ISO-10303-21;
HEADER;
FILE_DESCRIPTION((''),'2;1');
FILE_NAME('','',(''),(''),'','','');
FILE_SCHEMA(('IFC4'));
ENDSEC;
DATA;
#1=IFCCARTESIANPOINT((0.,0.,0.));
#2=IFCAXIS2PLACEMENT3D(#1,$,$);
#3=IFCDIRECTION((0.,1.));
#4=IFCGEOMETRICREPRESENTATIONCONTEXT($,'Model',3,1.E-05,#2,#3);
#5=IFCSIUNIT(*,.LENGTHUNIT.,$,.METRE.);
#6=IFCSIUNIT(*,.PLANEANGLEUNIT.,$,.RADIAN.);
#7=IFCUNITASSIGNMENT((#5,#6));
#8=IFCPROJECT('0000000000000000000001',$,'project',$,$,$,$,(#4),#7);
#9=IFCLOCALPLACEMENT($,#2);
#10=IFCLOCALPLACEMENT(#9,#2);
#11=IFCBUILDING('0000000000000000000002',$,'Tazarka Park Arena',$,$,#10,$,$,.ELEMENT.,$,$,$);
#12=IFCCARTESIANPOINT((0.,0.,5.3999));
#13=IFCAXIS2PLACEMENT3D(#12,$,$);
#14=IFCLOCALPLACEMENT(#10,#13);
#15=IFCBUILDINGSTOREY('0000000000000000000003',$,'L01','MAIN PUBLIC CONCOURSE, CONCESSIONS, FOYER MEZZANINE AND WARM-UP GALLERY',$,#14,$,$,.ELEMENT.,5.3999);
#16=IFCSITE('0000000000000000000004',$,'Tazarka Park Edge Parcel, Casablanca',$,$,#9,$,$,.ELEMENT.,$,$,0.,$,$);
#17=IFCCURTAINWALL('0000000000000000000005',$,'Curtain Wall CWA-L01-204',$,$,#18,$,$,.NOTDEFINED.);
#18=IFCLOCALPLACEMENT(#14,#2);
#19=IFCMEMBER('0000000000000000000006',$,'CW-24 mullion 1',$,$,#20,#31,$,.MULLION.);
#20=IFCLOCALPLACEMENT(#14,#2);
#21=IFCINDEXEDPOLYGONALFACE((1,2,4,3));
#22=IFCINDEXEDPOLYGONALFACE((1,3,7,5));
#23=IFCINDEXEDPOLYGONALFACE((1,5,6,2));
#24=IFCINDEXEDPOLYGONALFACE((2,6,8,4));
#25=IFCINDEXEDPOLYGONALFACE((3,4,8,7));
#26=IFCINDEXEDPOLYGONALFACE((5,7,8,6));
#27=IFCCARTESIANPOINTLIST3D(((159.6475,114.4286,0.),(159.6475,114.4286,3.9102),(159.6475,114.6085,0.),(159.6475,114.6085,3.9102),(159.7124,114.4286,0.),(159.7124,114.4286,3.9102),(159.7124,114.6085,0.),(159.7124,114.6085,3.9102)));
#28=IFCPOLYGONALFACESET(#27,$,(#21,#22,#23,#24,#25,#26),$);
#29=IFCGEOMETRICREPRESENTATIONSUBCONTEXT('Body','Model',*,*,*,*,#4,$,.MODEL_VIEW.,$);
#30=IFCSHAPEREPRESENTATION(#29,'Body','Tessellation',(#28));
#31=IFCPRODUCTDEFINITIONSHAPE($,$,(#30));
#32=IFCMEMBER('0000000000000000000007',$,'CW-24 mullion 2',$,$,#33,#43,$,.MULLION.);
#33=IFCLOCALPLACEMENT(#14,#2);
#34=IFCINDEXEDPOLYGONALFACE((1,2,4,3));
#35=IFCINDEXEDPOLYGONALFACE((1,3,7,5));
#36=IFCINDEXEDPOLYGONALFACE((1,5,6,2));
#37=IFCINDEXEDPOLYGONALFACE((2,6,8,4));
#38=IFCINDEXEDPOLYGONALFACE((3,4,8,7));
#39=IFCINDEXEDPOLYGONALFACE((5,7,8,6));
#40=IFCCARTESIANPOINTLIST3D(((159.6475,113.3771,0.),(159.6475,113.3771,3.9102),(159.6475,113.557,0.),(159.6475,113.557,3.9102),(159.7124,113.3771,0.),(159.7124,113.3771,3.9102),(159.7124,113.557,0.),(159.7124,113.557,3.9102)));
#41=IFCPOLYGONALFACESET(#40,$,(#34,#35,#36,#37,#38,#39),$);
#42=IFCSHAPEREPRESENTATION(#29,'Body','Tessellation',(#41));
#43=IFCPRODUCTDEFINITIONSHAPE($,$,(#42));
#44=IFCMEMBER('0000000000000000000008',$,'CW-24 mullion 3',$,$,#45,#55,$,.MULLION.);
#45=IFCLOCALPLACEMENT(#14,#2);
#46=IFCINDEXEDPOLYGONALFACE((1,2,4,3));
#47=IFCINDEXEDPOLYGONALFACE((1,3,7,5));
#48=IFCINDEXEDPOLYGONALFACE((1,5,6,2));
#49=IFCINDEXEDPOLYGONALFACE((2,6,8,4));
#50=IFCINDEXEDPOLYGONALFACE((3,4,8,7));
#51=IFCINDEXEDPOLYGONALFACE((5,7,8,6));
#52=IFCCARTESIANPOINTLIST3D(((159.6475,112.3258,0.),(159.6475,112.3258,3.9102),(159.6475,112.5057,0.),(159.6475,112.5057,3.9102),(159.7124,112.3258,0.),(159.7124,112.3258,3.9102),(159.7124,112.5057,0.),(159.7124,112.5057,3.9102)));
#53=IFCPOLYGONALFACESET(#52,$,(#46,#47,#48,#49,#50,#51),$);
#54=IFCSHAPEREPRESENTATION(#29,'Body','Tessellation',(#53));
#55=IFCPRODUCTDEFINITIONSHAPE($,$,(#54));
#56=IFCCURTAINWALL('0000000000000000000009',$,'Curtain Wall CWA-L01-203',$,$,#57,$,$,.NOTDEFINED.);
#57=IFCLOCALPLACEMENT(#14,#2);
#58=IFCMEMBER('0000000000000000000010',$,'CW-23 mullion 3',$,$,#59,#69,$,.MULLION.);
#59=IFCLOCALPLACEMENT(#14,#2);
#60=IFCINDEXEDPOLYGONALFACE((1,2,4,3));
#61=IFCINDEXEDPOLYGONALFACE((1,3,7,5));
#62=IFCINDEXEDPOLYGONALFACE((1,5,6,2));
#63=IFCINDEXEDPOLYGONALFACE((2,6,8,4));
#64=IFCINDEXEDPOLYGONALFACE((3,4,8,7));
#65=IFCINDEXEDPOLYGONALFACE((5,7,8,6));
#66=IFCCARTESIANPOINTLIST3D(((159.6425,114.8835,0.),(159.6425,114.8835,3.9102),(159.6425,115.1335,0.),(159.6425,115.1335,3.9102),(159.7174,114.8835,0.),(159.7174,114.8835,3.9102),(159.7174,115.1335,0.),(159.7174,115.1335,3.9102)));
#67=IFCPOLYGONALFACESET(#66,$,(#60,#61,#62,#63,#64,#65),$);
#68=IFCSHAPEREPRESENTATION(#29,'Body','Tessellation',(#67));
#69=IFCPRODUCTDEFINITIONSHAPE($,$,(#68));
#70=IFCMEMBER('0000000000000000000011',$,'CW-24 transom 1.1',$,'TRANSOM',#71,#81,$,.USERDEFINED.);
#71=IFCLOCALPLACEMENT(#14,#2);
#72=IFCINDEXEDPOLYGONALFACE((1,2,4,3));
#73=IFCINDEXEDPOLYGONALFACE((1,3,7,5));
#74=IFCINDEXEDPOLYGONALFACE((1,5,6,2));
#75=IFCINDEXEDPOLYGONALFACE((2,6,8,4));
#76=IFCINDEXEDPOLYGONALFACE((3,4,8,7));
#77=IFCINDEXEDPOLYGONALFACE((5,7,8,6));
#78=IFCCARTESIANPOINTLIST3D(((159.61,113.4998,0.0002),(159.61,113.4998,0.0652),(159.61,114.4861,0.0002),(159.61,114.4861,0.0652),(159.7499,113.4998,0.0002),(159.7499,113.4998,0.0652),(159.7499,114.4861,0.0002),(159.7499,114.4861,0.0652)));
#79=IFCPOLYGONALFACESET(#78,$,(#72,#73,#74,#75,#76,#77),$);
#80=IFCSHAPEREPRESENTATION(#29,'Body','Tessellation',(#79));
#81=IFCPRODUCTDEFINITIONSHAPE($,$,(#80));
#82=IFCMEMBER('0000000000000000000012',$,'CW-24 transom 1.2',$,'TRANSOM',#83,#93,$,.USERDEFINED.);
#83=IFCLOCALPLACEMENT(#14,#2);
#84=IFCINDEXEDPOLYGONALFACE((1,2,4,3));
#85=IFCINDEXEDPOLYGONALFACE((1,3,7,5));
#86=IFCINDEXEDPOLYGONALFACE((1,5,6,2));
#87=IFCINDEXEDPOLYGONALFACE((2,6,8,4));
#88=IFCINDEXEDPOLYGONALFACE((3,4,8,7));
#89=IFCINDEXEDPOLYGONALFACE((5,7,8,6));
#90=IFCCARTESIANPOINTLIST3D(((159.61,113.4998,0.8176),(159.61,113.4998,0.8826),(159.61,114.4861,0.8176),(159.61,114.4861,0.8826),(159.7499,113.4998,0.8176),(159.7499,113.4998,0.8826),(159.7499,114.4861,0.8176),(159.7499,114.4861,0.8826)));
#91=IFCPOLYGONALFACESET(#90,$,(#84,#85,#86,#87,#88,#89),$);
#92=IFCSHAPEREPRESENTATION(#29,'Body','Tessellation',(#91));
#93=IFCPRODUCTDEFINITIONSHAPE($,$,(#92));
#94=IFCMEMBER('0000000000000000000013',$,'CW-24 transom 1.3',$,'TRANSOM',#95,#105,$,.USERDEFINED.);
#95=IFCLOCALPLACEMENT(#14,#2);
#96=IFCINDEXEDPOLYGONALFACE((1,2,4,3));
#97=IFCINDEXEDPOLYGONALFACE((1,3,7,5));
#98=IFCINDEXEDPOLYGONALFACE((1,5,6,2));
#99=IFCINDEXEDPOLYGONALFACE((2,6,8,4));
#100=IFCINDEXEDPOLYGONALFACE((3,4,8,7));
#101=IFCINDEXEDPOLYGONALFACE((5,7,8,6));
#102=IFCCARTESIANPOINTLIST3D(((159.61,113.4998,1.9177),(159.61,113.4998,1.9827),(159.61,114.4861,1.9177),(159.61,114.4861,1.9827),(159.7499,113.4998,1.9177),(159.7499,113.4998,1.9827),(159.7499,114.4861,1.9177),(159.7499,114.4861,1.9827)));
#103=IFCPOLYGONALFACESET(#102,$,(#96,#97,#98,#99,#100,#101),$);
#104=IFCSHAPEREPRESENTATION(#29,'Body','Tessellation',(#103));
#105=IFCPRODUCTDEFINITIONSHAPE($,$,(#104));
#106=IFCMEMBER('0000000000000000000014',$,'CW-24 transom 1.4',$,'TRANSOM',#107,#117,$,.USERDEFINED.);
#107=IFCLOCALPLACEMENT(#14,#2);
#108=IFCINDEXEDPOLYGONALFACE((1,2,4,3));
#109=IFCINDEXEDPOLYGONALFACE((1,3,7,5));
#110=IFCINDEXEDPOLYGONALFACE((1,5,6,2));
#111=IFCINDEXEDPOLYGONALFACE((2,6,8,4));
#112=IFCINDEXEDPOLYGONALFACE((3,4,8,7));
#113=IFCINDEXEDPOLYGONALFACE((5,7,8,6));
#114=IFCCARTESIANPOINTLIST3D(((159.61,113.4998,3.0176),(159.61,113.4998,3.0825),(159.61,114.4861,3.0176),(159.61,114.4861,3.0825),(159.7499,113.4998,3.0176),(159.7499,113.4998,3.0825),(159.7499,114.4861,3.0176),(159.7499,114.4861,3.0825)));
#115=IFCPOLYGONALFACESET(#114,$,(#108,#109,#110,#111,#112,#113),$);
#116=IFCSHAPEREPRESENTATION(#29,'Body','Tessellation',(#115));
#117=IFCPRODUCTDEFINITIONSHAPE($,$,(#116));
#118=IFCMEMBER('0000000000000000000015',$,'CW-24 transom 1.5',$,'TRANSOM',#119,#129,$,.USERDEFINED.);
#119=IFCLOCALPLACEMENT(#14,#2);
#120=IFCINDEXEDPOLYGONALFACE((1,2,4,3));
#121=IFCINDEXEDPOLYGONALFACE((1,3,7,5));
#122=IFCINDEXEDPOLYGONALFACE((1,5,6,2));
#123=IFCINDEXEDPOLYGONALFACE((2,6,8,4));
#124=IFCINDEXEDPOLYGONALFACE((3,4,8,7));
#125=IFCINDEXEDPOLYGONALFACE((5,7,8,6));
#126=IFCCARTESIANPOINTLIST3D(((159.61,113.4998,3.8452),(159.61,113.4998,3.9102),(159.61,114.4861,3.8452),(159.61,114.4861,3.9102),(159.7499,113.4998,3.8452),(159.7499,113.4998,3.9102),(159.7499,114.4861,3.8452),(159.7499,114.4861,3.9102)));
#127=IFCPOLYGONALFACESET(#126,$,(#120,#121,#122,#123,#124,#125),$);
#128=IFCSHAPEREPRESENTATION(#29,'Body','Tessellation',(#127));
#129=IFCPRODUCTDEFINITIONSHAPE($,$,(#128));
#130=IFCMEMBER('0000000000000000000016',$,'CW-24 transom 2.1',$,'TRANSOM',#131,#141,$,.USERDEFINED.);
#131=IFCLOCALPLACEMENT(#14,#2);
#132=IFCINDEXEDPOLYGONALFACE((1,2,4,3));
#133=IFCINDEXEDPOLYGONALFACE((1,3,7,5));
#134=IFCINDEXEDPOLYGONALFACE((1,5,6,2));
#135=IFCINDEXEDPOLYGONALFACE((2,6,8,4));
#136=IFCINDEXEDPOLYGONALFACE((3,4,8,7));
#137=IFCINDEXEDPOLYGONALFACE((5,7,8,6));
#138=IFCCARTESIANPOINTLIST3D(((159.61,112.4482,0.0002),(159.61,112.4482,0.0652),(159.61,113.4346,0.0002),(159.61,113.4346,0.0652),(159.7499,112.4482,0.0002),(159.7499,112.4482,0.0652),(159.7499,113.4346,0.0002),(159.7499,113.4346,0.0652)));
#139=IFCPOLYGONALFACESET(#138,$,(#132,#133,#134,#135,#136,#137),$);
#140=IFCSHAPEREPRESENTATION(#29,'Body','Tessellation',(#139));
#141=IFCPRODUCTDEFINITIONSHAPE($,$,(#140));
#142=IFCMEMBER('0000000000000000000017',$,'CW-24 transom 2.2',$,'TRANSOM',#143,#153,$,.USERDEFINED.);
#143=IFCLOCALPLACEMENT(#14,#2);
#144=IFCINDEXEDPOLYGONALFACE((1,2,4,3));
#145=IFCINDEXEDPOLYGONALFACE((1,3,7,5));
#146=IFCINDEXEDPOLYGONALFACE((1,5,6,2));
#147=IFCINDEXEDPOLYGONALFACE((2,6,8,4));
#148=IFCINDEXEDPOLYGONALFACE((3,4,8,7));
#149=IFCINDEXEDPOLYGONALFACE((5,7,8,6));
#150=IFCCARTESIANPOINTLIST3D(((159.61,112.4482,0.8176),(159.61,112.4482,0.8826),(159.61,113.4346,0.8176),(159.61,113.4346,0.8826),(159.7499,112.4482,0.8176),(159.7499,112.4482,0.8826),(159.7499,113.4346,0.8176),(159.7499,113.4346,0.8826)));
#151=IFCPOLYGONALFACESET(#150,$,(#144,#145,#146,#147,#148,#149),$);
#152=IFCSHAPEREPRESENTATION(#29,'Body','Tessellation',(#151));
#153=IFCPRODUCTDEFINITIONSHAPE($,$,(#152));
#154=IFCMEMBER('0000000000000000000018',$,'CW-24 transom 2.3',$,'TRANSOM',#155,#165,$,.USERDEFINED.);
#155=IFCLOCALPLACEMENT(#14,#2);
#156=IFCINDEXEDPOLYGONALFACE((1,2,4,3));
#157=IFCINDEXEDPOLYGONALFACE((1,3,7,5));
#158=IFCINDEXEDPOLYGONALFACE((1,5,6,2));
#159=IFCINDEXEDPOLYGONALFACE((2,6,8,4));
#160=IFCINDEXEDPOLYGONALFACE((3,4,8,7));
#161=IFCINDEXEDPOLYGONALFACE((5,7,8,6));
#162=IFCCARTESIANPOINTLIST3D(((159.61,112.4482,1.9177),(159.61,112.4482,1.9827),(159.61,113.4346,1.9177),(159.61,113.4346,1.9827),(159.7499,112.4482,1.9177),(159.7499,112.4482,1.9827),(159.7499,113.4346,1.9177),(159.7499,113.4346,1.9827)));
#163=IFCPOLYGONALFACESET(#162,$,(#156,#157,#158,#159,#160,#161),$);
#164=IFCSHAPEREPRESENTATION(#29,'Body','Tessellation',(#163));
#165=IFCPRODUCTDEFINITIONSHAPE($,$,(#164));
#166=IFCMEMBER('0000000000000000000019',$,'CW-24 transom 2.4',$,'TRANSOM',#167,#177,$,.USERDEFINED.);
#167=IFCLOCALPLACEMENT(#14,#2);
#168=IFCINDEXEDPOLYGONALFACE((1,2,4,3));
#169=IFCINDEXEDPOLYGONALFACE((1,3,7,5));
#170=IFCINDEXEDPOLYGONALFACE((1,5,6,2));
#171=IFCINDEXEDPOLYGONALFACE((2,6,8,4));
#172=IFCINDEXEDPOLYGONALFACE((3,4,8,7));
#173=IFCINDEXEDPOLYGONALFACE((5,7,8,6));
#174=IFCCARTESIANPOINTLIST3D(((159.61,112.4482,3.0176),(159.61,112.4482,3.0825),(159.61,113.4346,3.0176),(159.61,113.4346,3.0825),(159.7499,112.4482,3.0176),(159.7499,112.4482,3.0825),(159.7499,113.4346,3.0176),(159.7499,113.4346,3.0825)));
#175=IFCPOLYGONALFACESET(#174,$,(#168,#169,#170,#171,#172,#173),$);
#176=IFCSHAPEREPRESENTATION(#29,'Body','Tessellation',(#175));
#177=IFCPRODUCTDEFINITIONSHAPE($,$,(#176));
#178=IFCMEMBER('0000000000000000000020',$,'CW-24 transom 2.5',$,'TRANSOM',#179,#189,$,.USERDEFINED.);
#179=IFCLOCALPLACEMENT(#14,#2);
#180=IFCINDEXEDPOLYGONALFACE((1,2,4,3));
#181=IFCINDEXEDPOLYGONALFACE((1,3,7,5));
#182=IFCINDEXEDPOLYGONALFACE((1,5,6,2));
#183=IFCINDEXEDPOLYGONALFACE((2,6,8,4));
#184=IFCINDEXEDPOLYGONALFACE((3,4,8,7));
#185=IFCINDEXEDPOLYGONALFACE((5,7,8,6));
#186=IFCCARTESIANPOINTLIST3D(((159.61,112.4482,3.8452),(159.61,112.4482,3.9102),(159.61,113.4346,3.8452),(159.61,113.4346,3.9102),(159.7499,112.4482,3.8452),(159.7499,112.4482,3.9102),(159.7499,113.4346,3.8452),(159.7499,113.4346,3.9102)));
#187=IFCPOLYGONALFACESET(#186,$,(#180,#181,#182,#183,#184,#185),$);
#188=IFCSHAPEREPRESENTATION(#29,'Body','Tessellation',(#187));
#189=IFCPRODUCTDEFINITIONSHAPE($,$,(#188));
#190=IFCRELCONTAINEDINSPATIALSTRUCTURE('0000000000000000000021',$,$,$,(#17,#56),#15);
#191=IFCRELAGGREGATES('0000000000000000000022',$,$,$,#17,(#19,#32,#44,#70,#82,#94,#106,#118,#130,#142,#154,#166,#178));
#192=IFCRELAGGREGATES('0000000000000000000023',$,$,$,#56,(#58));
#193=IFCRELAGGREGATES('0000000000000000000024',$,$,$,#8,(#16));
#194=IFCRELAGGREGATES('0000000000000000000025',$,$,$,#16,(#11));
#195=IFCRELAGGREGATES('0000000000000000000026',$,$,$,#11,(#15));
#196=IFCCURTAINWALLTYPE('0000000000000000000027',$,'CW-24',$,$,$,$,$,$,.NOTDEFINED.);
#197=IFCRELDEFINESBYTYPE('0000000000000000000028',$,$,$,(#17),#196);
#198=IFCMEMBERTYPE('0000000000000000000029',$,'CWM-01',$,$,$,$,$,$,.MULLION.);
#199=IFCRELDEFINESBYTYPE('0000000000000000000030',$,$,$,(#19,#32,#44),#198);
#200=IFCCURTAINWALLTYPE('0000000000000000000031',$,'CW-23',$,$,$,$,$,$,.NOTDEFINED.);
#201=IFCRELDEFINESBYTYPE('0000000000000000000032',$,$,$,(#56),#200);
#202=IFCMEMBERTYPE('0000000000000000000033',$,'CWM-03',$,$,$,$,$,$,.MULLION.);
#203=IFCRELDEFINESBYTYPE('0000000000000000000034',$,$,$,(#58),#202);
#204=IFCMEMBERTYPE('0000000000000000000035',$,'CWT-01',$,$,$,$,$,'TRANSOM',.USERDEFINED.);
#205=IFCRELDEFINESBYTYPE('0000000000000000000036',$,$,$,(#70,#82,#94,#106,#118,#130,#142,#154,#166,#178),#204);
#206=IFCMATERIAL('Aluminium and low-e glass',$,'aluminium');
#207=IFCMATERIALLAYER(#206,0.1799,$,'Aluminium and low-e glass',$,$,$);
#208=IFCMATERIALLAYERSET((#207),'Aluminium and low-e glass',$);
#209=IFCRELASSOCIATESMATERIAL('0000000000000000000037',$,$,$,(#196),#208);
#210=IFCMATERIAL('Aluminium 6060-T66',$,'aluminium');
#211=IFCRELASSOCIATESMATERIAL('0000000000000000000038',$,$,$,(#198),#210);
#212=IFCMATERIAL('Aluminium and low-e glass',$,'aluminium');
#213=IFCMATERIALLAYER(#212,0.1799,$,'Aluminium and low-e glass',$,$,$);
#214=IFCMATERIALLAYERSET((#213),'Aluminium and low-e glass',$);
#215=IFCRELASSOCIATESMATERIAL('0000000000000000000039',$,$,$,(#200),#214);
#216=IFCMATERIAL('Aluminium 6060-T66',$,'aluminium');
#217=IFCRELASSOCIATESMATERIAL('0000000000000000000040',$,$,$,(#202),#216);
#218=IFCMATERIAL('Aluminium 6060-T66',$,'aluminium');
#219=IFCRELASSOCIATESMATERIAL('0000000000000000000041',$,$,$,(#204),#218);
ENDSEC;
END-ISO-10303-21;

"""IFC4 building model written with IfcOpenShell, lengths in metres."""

from ifc_helpers import new_model, si_unit, direction, frame, origin, origin_2d, place, context, subcontext, project, spatial, rectangle, extrude, material, layer, layer_set, material_profile, profile_set, type_object, element, aggregate, save


model = new_model("IFC4")

# Units and contexts
model_context = context("Model", 3, precision=1e-05, world=origin(), true_north=direction((0.0, 1.0)))
body_context = subcontext(model_context, "Body", "Model", "MODEL_VIEW")
ifc_project = project(units=[si_unit("LENGTHUNIT", "METRE"), si_unit("PLANEANGLEUNIT", "RADIAN")], contexts=[model_context])

# Site, building, storey
site_placement = place(None, origin())
site = spatial("IfcSite", under=ifc_project, at=site_placement, Name="Tazarka Park Edge Parcel, Casablanca", CompositionType="ELEMENT", RefElevation=0.0)
building_placement = place(site_placement, origin())
building = spatial("IfcBuilding", under=site, at=building_placement, Name="Tazarka Park Arena", CompositionType="ELEMENT")
storey_placement = place(building_placement, frame((0.0, 0.0, 5.3999)))
storey = spatial("IfcBuildingStorey", under=building, at=storey_placement, Name="L01", Description="MAIN PUBLIC CONCOURSE, CONCESSIONS, FOYER MEZZANINE AND WARM-UP GALLERY", CompositionType="ELEMENT", Elevation=5.3999)

# Curtain wall, members
ifc_material_1 = material(Name="Aluminium and low-e glass", Category="aluminium")
ifc_layer_1 = layer(ifc_material_1, 0.1799, Name="Aluminium and low-e glass")
ifc_layer_set_1 = layer_set([ifc_layer_1], Name="Aluminium and low-e glass")
curtain_wall_type_1 = type_object("IfcCurtainWallType", Name="CW-24", PredefinedType="NOTDEFINED", material=ifc_layer_set_1)
curtain_wall_1_placement = place(storey_placement, origin())
curtain_wall_1 = element("IfcCurtainWall", 1, at=curtain_wall_1_placement, inside=storey, type_object=curtain_wall_type_1, Name="Curtain Wall CWA-L01-204", PredefinedType="NOTDEFINED")
ifc_material_2 = material(Name="Aluminium 6060-T66", Category="aluminium")
ifc_material_profile_1 = material_profile(ifc_material_2, rectangle(XDim=0.0649, YDim=0.1799, at=origin_2d()), Name="Aluminium 6060-T66")
ifc_profile_set_1 = profile_set([ifc_material_profile_1], Name="Aluminium 6060-T66")
member_type_1 = type_object("IfcMemberType", Name="CWM-01", PredefinedType="MULLION", material=ifc_profile_set_1)
member_1_placement = place(storey_placement, frame((159.6799, 114.5186, 0.0), z_axis=(0.0, 0.0, 1.0), x_axis=(1.0, 0.0, 0.0)))
member_1 = element("IfcMember", 2, at=member_1_placement, type_object=member_type_1, Name="CW-24 mullion 1", PredefinedType="MULLION", context=body_context, shape_type="SweptSolid", body=[
    extrude(rectangle(XDim=0.0649, YDim=0.1799, at=origin_2d()), origin(), (0.0, 0.0, 1.0), 3.9102),
])
member_2_placement = place(storey_placement, frame((159.6799, 113.467, 0.0), z_axis=(0.0, 0.0, 1.0), x_axis=(1.0, 0.0, 0.0)))
member_2 = element("IfcMember", 3, at=member_2_placement, type_object=member_type_1, Name="CW-24 mullion 2", PredefinedType="MULLION", context=body_context, shape_type="SweptSolid", body=[
    extrude(rectangle(XDim=0.0649, YDim=0.1799, at=origin_2d()), origin(), (0.0, 0.0, 1.0), 3.9102),
])
member_3_placement = place(storey_placement, frame((159.6799, 112.4158, 0.0), z_axis=(0.0, 0.0, 1.0), x_axis=(1.0, 0.0, 0.0)))
member_3 = element("IfcMember", 4, at=member_3_placement, type_object=member_type_1, Name="CW-24 mullion 3", PredefinedType="MULLION", context=body_context, shape_type="SweptSolid", body=[
    extrude(rectangle(XDim=0.0649, YDim=0.1799, at=origin_2d()), origin(), (0.0, 0.0, 1.0), 3.9102),
])

# Curtain wall, member
ifc_material_3 = material(Name="Aluminium and low-e glass", Category="aluminium")
ifc_layer_2 = layer(ifc_material_3, 0.1799, Name="Aluminium and low-e glass")
ifc_layer_set_2 = layer_set([ifc_layer_2], Name="Aluminium and low-e glass")
curtain_wall_type_2 = type_object("IfcCurtainWallType", Name="CW-23", PredefinedType="NOTDEFINED", material=ifc_layer_set_2)
curtain_wall_2_placement = place(storey_placement, origin())
curtain_wall_2 = element("IfcCurtainWall", 5, at=curtain_wall_2_placement, inside=storey, type_object=curtain_wall_type_2, Name="Curtain Wall CWA-L01-203", PredefinedType="NOTDEFINED")
ifc_material_4 = material(Name="Aluminium 6060-T66", Category="aluminium")
ifc_material_profile_2 = material_profile(ifc_material_4, rectangle(XDim=0.075, YDim=0.25, at=origin_2d()), Name="Aluminium 6060-T66")
ifc_profile_set_2 = profile_set([ifc_material_profile_2], Name="Aluminium 6060-T66")
member_type_2 = type_object("IfcMemberType", Name="CWM-03", PredefinedType="MULLION", material=ifc_profile_set_2)
member_4_placement = place(storey_placement, frame((159.6799, 115.0085, 0.0), z_axis=(0.0, 0.0, 1.0), x_axis=(1.0, 0.0, 0.0)))
member_4 = element("IfcMember", 6, at=member_4_placement, type_object=member_type_2, Name="CW-23 mullion 3", PredefinedType="MULLION", context=body_context, shape_type="SweptSolid", body=[
    extrude(rectangle(XDim=0.075, YDim=0.25, at=origin_2d()), origin(), (0.0, 0.0, 1.0), 3.9102),
])

# Members
ifc_material_5 = material(Name="Aluminium 6060-T66", Category="aluminium")
ifc_material_profile_3 = material_profile(ifc_material_5, rectangle(XDim=0.1399, YDim=0.0649, at=origin_2d()), Name="Aluminium 6060-T66")
ifc_profile_set_3 = profile_set([ifc_material_profile_3], Name="Aluminium 6060-T66")
member_type_3 = type_object("IfcMemberType", Name="CWT-01", ElementType="TRANSOM", PredefinedType="USERDEFINED", material=ifc_profile_set_3)
member_5_placement = place(storey_placement, frame((159.6799, 114.4861, 0.0327), z_axis=(0.0, -1.0, 0.0), x_axis=(1.0, 0.0, 0.0)))
member_5 = element("IfcMember", 7, at=member_5_placement, type_object=member_type_3, Name="CW-24 transom 1.1", ObjectType="TRANSOM", PredefinedType="USERDEFINED", context=body_context, shape_type="SweptSolid", body=[
    extrude(rectangle(XDim=0.1399, YDim=0.0649, at=origin_2d()), origin(), (0.0, 0.0, 1.0), 0.9863),
])
member_6_placement = place(storey_placement, frame((159.6799, 114.4861, 0.8501), z_axis=(0.0, -1.0, 0.0), x_axis=(1.0, 0.0, 0.0)))
member_6 = element("IfcMember", 8, at=member_6_placement, type_object=member_type_3, Name="CW-24 transom 1.2", ObjectType="TRANSOM", PredefinedType="USERDEFINED", context=body_context, shape_type="SweptSolid", body=[
    extrude(rectangle(XDim=0.1399, YDim=0.0649, at=origin_2d()), origin(), (0.0, 0.0, 1.0), 0.9863),
])
member_7_placement = place(storey_placement, frame((159.6799, 114.4861, 1.9502), z_axis=(0.0, -1.0, 0.0), x_axis=(1.0, 0.0, 0.0)))
member_7 = element("IfcMember", 9, at=member_7_placement, type_object=member_type_3, Name="CW-24 transom 1.3", ObjectType="TRANSOM", PredefinedType="USERDEFINED", context=body_context, shape_type="SweptSolid", body=[
    extrude(rectangle(XDim=0.1399, YDim=0.0649, at=origin_2d()), origin(), (0.0, 0.0, 1.0), 0.9863),
])
member_8_placement = place(storey_placement, frame((159.6799, 114.4861, 3.05), z_axis=(0.0, -1.0, 0.0), x_axis=(1.0, 0.0, 0.0)))
member_8 = element("IfcMember", 10, at=member_8_placement, type_object=member_type_3, Name="CW-24 transom 1.4", ObjectType="TRANSOM", PredefinedType="USERDEFINED", context=body_context, shape_type="SweptSolid", body=[
    extrude(rectangle(XDim=0.1399, YDim=0.0649, at=origin_2d()), origin(), (0.0, 0.0, 1.0), 0.9863),
])
member_9_placement = place(storey_placement, frame((159.6799, 114.4861, 3.8777), z_axis=(0.0, -1.0, 0.0), x_axis=(1.0, 0.0, 0.0)))
member_9 = element("IfcMember", 11, at=member_9_placement, type_object=member_type_3, Name="CW-24 transom 1.5", ObjectType="TRANSOM", PredefinedType="USERDEFINED", context=body_context, shape_type="SweptSolid", body=[
    extrude(rectangle(XDim=0.1399, YDim=0.0649, at=origin_2d()), origin(), (0.0, 0.0, 1.0), 0.9863),
])
member_10_placement = place(storey_placement, frame((159.6799, 113.4346, 0.0327), z_axis=(0.0, -1.0, 0.0), x_axis=(1.0, 0.0, 0.0)))
member_10 = element("IfcMember", 12, at=member_10_placement, type_object=member_type_3, Name="CW-24 transom 2.1", ObjectType="TRANSOM", PredefinedType="USERDEFINED", context=body_context, shape_type="SweptSolid", body=[
    extrude(rectangle(XDim=0.1399, YDim=0.0649, at=origin_2d()), origin(), (0.0, 0.0, 1.0), 0.9863),
])
member_11_placement = place(storey_placement, frame((159.6799, 113.4346, 0.8501), z_axis=(0.0, -1.0, 0.0), x_axis=(1.0, 0.0, 0.0)))
member_11 = element("IfcMember", 13, at=member_11_placement, type_object=member_type_3, Name="CW-24 transom 2.2", ObjectType="TRANSOM", PredefinedType="USERDEFINED", context=body_context, shape_type="SweptSolid", body=[
    extrude(rectangle(XDim=0.1399, YDim=0.0649, at=origin_2d()), origin(), (0.0, 0.0, 1.0), 0.9863),
])
member_12_placement = place(storey_placement, frame((159.6799, 113.4346, 1.9502), z_axis=(0.0, -1.0, 0.0), x_axis=(1.0, 0.0, 0.0)))
member_12 = element("IfcMember", 14, at=member_12_placement, type_object=member_type_3, Name="CW-24 transom 2.3", ObjectType="TRANSOM", PredefinedType="USERDEFINED", context=body_context, shape_type="SweptSolid", body=[
    extrude(rectangle(XDim=0.1399, YDim=0.0649, at=origin_2d()), origin(), (0.0, 0.0, 1.0), 0.9863),
])
member_13_placement = place(storey_placement, frame((159.6799, 113.4346, 3.05), z_axis=(0.0, -1.0, 0.0), x_axis=(1.0, 0.0, 0.0)))
member_13 = element("IfcMember", 15, at=member_13_placement, type_object=member_type_3, Name="CW-24 transom 2.4", ObjectType="TRANSOM", PredefinedType="USERDEFINED", context=body_context, shape_type="SweptSolid", body=[
    extrude(rectangle(XDim=0.1399, YDim=0.0649, at=origin_2d()), origin(), (0.0, 0.0, 1.0), 0.9863),
])
member_14_placement = place(storey_placement, frame((159.6799, 113.4346, 3.8777), z_axis=(0.0, -1.0, 0.0), x_axis=(1.0, 0.0, 0.0)))
member_14 = element("IfcMember", 16, at=member_14_placement, type_object=member_type_3, Name="CW-24 transom 2.5", ObjectType="TRANSOM", PredefinedType="USERDEFINED", context=body_context, shape_type="SweptSolid", body=[
    extrude(rectangle(XDim=0.1399, YDim=0.0649, at=origin_2d()), origin(), (0.0, 0.0, 1.0), 0.9863),
])

aggregate(curtain_wall_1, [member_1, member_2, member_3, member_5, member_6, member_7, member_8, member_9, member_10, member_11, member_12, member_13, member_14])
aggregate(curtain_wall_2, [member_4])

save(model, "model.ifc")
